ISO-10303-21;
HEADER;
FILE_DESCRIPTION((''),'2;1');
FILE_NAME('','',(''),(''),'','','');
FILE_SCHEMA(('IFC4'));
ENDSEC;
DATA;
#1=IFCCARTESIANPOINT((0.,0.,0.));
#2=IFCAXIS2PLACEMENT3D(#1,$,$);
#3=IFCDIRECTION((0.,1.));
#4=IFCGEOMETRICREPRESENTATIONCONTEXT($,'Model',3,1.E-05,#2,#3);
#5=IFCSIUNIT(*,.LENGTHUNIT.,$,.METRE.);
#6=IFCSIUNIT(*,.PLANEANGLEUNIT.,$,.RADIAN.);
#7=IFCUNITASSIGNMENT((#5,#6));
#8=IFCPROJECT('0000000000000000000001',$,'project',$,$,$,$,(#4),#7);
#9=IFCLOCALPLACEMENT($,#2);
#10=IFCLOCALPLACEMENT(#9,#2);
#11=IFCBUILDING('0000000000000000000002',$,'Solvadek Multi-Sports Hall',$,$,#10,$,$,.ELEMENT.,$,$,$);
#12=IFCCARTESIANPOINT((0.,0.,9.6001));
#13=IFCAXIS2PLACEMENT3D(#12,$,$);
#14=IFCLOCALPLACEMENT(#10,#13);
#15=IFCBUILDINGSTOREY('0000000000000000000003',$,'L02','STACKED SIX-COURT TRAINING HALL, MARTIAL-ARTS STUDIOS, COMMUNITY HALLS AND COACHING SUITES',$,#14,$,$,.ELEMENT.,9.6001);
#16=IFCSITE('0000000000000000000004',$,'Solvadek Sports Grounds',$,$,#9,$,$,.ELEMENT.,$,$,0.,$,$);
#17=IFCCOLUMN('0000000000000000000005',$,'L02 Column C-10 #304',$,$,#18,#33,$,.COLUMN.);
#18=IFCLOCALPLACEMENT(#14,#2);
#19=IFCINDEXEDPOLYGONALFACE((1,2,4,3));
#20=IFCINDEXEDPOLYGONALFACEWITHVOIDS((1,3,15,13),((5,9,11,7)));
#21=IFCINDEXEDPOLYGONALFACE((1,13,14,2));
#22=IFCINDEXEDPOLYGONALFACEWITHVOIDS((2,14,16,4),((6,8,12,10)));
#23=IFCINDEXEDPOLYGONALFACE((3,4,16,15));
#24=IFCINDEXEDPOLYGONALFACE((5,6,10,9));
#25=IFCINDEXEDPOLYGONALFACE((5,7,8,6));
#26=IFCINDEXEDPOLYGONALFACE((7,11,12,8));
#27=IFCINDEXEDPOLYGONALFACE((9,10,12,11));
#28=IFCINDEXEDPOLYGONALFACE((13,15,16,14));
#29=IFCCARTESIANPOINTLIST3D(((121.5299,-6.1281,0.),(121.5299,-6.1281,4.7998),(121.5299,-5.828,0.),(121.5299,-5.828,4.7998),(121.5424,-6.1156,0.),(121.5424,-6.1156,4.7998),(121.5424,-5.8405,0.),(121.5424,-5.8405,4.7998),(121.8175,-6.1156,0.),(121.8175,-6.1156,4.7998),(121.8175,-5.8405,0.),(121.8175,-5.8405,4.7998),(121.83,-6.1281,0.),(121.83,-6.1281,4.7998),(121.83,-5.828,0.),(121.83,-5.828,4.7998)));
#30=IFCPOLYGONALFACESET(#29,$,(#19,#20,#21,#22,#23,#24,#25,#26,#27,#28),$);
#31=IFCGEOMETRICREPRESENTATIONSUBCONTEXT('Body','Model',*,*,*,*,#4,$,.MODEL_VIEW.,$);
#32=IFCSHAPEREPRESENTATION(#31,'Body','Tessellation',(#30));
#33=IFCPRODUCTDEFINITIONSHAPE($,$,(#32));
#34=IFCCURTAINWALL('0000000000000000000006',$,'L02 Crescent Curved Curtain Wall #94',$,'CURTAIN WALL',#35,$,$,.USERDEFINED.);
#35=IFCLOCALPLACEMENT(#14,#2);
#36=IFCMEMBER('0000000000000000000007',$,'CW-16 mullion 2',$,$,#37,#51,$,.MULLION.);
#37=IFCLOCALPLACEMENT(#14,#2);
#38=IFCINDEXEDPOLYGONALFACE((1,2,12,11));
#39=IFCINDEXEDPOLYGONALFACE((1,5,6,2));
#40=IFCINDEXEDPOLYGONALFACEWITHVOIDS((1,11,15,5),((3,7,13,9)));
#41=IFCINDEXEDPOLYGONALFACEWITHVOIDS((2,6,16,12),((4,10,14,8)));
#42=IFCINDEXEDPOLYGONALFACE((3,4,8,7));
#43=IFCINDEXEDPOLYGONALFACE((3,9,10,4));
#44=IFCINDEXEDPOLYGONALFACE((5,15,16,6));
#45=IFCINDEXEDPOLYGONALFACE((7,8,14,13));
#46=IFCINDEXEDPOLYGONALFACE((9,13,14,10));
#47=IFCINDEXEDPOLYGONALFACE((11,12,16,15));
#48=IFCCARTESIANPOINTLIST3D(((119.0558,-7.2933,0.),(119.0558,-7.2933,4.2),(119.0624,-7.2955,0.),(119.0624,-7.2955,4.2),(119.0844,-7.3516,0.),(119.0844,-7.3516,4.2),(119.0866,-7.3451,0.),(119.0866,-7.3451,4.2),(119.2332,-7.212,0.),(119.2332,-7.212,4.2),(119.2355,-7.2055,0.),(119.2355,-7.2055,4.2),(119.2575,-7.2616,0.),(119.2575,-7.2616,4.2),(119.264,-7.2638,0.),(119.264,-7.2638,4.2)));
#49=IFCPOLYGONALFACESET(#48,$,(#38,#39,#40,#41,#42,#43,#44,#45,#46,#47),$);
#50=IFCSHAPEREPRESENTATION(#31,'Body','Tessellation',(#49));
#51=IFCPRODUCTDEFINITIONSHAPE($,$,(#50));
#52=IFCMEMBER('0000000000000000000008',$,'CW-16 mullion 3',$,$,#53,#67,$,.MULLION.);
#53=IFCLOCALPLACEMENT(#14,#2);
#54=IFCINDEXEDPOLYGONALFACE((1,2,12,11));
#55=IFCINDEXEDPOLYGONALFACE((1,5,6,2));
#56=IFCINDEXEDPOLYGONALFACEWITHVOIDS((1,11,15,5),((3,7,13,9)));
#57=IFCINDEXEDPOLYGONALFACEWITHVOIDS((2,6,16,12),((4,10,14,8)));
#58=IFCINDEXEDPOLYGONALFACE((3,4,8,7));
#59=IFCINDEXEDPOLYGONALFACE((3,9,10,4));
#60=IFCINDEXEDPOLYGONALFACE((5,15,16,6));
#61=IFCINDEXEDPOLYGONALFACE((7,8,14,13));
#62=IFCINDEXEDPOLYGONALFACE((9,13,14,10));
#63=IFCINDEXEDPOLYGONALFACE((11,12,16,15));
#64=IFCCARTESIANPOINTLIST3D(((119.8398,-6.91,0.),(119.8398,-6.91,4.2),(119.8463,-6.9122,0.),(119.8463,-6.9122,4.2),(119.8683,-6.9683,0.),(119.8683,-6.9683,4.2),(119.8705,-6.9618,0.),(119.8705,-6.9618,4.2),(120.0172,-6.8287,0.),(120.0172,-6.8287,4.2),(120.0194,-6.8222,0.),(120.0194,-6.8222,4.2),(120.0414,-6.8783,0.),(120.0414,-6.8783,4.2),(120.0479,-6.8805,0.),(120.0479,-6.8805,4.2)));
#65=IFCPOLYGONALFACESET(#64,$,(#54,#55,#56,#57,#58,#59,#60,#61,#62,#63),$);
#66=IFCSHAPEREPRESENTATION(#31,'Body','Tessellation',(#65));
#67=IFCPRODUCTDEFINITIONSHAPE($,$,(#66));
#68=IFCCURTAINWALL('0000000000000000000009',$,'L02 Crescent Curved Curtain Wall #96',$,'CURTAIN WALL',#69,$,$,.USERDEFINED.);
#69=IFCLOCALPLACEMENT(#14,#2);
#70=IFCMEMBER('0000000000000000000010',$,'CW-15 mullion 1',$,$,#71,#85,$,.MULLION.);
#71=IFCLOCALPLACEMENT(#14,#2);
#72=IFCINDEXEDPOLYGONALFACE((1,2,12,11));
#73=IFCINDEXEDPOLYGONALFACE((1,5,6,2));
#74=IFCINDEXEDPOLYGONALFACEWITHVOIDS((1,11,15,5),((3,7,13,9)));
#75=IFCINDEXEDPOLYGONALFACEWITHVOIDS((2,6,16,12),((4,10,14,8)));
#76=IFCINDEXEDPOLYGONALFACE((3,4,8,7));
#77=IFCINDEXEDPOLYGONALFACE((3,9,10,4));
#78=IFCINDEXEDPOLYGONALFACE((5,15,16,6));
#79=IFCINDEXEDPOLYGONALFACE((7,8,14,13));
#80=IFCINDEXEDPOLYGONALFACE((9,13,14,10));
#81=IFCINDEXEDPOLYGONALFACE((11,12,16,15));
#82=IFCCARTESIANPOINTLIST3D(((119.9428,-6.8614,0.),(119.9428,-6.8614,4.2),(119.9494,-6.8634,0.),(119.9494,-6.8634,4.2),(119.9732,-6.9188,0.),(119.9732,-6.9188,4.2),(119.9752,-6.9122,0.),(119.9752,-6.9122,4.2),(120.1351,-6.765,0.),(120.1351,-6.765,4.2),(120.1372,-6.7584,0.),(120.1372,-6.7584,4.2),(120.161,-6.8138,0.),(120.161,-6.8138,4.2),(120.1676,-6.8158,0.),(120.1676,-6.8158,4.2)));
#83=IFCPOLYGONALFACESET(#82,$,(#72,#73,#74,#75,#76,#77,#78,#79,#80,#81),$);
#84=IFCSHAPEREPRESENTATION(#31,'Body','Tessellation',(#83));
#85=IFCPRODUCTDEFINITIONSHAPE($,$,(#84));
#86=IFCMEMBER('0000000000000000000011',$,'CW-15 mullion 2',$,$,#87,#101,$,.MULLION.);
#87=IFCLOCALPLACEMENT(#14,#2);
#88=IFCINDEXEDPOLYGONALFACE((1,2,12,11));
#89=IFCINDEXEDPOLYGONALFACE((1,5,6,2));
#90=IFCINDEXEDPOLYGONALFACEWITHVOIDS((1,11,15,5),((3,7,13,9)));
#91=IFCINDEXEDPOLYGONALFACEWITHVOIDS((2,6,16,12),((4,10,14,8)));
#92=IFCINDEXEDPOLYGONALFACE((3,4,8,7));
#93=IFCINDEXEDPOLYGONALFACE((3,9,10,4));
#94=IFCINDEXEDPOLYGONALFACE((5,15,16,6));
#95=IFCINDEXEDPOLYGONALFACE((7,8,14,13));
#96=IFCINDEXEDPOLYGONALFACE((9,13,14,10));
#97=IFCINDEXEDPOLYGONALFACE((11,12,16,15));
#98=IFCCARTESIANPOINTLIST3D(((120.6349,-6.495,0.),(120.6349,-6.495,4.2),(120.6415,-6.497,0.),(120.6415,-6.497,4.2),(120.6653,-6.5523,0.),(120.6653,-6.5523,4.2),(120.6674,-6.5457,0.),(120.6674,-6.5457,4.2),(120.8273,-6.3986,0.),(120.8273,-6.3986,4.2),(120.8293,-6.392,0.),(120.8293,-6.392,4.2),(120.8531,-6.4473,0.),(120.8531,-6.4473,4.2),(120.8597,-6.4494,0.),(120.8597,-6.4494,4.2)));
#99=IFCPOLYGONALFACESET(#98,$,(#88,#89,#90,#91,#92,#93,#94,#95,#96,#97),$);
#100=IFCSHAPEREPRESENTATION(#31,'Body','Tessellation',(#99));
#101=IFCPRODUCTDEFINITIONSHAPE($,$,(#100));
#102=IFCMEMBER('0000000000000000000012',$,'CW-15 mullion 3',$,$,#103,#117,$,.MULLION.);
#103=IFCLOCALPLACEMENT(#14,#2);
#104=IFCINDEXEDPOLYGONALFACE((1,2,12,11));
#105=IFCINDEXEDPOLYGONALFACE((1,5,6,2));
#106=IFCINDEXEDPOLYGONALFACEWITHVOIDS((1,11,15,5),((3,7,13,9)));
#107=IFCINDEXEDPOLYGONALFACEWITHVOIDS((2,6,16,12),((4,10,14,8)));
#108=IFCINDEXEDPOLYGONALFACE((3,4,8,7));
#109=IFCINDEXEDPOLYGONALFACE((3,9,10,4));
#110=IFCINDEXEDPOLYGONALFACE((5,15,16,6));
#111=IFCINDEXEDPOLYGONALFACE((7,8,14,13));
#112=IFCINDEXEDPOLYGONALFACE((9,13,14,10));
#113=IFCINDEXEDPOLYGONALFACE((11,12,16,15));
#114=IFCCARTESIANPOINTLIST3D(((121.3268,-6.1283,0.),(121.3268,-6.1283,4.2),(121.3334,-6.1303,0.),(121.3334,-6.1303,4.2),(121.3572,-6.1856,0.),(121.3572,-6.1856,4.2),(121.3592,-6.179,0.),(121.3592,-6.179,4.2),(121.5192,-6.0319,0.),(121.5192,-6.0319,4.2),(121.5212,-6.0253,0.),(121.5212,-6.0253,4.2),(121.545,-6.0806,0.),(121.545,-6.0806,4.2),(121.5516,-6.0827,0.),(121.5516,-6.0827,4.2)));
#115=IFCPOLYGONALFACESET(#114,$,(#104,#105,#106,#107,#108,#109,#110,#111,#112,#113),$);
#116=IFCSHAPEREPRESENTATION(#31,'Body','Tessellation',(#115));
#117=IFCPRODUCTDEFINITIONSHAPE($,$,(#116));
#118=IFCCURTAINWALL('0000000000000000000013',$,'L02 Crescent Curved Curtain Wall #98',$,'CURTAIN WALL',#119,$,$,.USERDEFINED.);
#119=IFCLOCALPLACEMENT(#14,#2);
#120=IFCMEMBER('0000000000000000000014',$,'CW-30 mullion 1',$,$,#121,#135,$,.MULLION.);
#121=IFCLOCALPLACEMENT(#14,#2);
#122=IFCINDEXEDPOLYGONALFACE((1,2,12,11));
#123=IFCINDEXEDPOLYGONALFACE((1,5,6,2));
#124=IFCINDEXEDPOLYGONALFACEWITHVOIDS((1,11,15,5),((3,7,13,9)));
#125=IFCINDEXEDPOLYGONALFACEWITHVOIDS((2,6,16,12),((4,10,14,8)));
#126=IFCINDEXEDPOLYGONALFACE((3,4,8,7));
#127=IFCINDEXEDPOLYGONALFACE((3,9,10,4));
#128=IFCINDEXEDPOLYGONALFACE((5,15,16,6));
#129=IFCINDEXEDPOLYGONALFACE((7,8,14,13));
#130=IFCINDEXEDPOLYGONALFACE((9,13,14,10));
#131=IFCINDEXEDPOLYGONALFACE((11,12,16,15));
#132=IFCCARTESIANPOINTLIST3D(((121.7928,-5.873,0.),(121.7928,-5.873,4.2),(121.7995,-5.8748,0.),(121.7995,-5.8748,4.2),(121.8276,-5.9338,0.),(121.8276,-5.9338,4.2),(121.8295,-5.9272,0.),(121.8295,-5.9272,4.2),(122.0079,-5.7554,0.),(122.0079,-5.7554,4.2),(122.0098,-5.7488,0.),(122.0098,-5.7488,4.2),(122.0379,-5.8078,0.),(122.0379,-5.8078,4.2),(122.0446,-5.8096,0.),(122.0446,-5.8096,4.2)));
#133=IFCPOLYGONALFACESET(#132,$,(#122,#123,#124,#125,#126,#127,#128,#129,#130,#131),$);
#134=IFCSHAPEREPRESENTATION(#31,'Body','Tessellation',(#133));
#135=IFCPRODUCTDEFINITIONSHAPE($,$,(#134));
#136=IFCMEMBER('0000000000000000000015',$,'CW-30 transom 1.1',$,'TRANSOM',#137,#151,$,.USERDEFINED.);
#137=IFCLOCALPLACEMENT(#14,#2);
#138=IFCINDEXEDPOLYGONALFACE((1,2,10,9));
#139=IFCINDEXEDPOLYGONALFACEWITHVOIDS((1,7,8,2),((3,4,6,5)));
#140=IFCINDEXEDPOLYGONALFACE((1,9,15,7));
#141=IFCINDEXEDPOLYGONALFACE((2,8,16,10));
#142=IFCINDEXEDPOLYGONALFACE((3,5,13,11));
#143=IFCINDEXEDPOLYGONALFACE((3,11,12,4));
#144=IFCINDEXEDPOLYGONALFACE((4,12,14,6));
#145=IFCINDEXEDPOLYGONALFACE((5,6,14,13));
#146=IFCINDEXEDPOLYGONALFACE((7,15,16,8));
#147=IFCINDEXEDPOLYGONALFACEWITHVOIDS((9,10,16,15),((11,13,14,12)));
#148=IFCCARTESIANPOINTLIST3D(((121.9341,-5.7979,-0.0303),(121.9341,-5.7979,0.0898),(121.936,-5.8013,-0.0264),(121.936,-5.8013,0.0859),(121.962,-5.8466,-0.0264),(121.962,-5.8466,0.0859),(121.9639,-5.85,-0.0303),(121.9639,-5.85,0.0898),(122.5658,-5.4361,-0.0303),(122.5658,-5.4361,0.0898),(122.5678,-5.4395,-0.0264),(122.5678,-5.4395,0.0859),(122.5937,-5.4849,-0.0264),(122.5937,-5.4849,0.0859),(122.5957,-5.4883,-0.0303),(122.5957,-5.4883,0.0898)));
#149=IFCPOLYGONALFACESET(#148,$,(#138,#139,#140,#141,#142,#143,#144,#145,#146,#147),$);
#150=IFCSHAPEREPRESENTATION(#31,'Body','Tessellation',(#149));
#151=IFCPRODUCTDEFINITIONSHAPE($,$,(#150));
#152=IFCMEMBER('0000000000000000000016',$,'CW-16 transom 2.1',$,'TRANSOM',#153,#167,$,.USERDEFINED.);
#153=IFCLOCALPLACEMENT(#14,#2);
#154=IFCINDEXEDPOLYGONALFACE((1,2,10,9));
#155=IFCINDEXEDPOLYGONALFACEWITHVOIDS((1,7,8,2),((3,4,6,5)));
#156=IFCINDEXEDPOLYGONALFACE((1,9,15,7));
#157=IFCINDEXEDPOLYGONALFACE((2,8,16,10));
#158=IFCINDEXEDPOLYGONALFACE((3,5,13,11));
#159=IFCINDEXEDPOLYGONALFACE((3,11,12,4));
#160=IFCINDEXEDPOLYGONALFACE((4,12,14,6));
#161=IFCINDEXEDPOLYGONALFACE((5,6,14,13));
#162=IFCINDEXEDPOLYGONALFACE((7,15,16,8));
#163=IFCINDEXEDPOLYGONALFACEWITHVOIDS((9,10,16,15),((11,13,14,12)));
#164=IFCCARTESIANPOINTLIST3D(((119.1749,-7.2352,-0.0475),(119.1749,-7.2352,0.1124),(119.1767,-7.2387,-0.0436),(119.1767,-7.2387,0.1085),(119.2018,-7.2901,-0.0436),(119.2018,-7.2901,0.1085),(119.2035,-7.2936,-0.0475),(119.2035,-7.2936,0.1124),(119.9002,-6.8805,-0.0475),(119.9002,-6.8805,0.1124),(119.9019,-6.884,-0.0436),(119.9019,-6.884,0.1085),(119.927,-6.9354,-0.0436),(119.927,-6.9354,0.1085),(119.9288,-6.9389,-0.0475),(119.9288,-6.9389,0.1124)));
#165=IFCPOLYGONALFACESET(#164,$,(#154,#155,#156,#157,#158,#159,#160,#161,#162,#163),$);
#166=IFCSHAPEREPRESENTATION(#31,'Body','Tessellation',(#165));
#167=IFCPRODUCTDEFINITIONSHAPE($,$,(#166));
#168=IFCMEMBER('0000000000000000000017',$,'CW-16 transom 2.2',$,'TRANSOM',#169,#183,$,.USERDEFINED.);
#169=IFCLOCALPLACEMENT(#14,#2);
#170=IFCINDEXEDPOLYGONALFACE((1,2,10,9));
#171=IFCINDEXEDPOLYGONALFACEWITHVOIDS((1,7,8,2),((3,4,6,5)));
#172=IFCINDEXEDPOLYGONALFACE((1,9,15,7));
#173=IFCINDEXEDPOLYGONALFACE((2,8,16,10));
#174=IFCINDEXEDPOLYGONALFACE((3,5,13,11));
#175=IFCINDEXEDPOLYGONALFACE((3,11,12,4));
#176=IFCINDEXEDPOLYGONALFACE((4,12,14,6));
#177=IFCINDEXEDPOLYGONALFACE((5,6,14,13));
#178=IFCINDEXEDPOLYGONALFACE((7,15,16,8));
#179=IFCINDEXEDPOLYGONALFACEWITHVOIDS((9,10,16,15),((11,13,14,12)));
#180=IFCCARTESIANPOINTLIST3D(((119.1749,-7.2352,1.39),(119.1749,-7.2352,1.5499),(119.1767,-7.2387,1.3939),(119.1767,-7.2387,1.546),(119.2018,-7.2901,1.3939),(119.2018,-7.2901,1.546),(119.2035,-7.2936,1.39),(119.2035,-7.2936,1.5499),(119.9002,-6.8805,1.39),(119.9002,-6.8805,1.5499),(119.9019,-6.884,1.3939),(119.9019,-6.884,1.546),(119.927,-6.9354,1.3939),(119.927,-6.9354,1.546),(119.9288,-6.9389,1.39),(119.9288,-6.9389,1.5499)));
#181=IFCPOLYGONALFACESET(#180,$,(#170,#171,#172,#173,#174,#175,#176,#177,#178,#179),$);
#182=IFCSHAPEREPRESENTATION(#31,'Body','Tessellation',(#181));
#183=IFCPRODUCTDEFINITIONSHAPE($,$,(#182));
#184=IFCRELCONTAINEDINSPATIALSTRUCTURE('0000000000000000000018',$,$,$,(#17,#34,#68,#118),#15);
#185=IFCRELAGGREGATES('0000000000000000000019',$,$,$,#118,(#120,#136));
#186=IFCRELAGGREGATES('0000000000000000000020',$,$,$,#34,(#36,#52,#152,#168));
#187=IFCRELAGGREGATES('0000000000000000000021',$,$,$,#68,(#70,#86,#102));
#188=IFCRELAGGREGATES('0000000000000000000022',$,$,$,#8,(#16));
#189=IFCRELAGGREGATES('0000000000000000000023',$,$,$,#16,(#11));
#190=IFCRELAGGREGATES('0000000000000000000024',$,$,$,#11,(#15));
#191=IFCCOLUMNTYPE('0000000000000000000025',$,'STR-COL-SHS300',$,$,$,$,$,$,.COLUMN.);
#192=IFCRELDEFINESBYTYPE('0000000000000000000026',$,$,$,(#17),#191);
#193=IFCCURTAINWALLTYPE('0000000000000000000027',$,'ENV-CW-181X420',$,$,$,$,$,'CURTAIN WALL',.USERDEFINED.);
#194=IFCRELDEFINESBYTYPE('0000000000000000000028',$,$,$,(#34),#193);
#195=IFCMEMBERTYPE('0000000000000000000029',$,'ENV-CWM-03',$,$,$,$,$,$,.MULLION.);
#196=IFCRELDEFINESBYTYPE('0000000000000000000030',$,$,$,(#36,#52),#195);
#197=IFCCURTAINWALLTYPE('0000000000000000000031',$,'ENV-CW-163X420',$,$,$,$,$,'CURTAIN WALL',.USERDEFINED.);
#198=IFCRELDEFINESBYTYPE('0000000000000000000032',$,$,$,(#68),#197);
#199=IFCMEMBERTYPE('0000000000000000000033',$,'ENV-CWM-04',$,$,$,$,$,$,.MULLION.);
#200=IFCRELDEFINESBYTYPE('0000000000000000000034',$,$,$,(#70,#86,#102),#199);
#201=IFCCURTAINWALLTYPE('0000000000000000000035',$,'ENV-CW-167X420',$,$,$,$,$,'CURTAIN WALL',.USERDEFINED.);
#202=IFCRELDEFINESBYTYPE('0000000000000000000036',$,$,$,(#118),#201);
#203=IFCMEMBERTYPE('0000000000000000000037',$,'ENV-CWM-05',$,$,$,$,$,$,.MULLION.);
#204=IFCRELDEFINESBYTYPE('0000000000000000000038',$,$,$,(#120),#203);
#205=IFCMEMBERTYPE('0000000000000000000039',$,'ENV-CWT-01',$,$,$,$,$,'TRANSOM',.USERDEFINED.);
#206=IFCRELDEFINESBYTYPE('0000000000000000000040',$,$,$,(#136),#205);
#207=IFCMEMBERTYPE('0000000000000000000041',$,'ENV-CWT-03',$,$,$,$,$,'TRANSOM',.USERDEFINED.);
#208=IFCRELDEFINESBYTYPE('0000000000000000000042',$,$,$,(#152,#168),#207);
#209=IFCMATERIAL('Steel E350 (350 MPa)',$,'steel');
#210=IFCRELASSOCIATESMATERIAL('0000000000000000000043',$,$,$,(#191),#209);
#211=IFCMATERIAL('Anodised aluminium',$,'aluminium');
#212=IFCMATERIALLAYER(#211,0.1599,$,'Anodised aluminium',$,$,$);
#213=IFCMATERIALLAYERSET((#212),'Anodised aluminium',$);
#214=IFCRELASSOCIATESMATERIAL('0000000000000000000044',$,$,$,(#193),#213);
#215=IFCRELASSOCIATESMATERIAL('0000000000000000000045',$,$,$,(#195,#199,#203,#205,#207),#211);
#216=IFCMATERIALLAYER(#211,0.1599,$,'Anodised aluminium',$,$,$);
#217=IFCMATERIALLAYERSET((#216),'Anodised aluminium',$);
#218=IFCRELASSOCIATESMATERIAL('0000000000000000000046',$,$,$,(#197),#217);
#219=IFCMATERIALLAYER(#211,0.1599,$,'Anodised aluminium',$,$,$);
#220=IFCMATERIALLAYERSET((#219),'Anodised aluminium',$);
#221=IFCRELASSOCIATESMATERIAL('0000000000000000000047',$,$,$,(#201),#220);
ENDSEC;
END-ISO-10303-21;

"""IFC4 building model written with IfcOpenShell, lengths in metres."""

from ifc_helpers import new_model, si_unit, direction, frame, origin, origin_2d, place, context, subcontext, project, spatial, hollow_rectangle, extrude, material, layer, layer_set, material_profile, profile_set, type_object, element, aggregate, save


model = new_model("IFC4")

# Units and contexts
model_context = context("Model", 3, precision=1e-05, world=origin(), true_north=direction((0.0, 1.0)))
body_context = subcontext(model_context, "Body", "Model", "MODEL_VIEW")
ifc_project = project(units=[si_unit("LENGTHUNIT", "METRE"), si_unit("PLANEANGLEUNIT", "RADIAN")], contexts=[model_context])

# Site, building, storey
site_placement = place(None, origin())
site = spatial("IfcSite", under=ifc_project, at=site_placement, Name="Solvadek Sports Grounds", CompositionType="ELEMENT", RefElevation=0.0)
building_placement = place(site_placement, origin())
building = spatial("IfcBuilding", under=site, at=building_placement, Name="Solvadek Multi-Sports Hall", CompositionType="ELEMENT")
storey_placement = place(building_placement, frame((0.0, 0.0, 9.6001)))
storey = spatial("IfcBuildingStorey", under=building, at=storey_placement, Name="L02", Description="STACKED SIX-COURT TRAINING HALL, MARTIAL-ARTS STUDIOS, COMMUNITY HALLS AND COACHING SUITES", CompositionType="ELEMENT", Elevation=9.6001)

# Column
ifc_material_1 = material(Name="Steel E350 (350 MPa)", Category="steel")
ifc_material_profile_1 = material_profile(ifc_material_1, hollow_rectangle(XDim=0.3, YDim=0.3, WallThickness=0.0125, at=origin_2d()), Name="SHS 300x300x12.5")
ifc_profile_set_1 = profile_set([ifc_material_profile_1], Name="Steel E350 (350 MPa)")
column_type = type_object("IfcColumnType", Name="STR-COL-SHS300", PredefinedType="COLUMN", material=ifc_profile_set_1)
column_placement = place(storey_placement, frame((121.6799, -5.978, 0.0), z_axis=(0.0, 0.0, 1.0), x_axis=(1.0, 0.0, 0.0)))
element("IfcColumn", 1, at=column_placement, inside=storey, type_object=column_type, Name="L02 Column C-10 #304", PredefinedType="COLUMN", context=body_context, shape_type="SweptSolid", body=[
    extrude(hollow_rectangle(XDim=0.3, YDim=0.3, WallThickness=0.0125, at=origin_2d()), origin(), (0.0, 0.0, 1.0), 4.7998),
])

# Curtain walls, members
ifc_material_2 = material(Name="Anodised aluminium", Category="aluminium")
ifc_layer_1 = layer(ifc_material_2, 0.1599, Name="Anodised aluminium")
ifc_layer_set_1 = layer_set([ifc_layer_1], Name="Anodised aluminium")
curtain_wall_type_1 = type_object("IfcCurtainWallType", Name="ENV-CW-181X420", ElementType="CURTAIN WALL", PredefinedType="USERDEFINED", material=ifc_layer_set_1)
curtain_wall_1_placement = place(storey_placement, origin())
curtain_wall_1 = element("IfcCurtainWall", 2, at=curtain_wall_1_placement, inside=storey, type_object=curtain_wall_type_1, Name="L02 Crescent Curved Curtain Wall #94", ObjectType="CURTAIN WALL", PredefinedType="USERDEFINED")
ifc_material_profile_2 = material_profile(ifc_material_2, hollow_rectangle(XDim=0.0649, YDim=0.2, WallThickness=0.0049, at=origin_2d()), Name="ALU-M 200x65x5")
ifc_profile_set_2 = profile_set([ifc_material_profile_2], Name="Anodised aluminium")
member_type_1 = type_object("IfcMemberType", Name="ENV-CWM-03", PredefinedType="MULLION", material=ifc_profile_set_2)
member_1_placement = place(storey_placement, frame((119.1599, -7.2786, 0.0), z_axis=(0.0, 0.0, 1.0), x_axis=(-0.43924, 0.89837, 0.0)))
member_1 = element("IfcMember", 3, at=member_1_placement, type_object=member_type_1, Name="CW-16 mullion 2", PredefinedType="MULLION", context=body_context, shape_type="SweptSolid", body=[
    extrude(hollow_rectangle(XDim=0.0649, YDim=0.2, WallThickness=0.0049, at=origin_2d()), origin(), (0.0, 0.0, 1.0), 4.2),
])
member_2_placement = place(storey_placement, frame((119.9438, -6.8953, 0.0), z_axis=(0.0, 0.0, 1.0), x_axis=(-0.43924, 0.89837, 0.0)))
member_2 = element("IfcMember", 4, at=member_2_placement, type_object=member_type_1, Name="CW-16 mullion 3", PredefinedType="MULLION", context=body_context, shape_type="SweptSolid", body=[
    extrude(hollow_rectangle(XDim=0.0649, YDim=0.2, WallThickness=0.0049, at=origin_2d()), origin(), (0.0, 0.0, 1.0), 4.2),
])
ifc_layer_2 = layer(ifc_material_2, 0.1599, Name="Anodised aluminium")
ifc_layer_set_2 = layer_set([ifc_layer_2], Name="Anodised aluminium")
curtain_wall_type_2 = type_object("IfcCurtainWallType", Name="ENV-CW-163X420", ElementType="CURTAIN WALL", PredefinedType="USERDEFINED", material=ifc_layer_set_2)
curtain_wall_2_placement = place(storey_placement, origin())
curtain_wall_2 = element("IfcCurtainWall", 5, at=curtain_wall_2_placement, inside=storey, type_object=curtain_wall_type_2, Name="L02 Crescent Curved Curtain Wall #96", ObjectType="CURTAIN WALL", PredefinedType="USERDEFINED")
ifc_material_profile_3 = material_profile(ifc_material_2, hollow_rectangle(XDim=0.0649, YDim=0.22, WallThickness=0.0049, at=origin_2d()), Name="ALU-M 220x65x5")
ifc_profile_set_3 = profile_set([ifc_material_profile_3], Name="Anodised aluminium")
member_type_2 = type_object("IfcMemberType", Name="ENV-CWM-04", PredefinedType="MULLION", material=ifc_profile_set_3)
member_3_placement = place(storey_placement, frame((120.0552, -6.8386, 0.0), z_axis=(0.0, 0.0, 1.0), x_axis=(-0.46813, 0.88366, 0.0)))
member_3 = element("IfcMember", 6, at=member_3_placement, type_object=member_type_2, Name="CW-15 mullion 1", PredefinedType="MULLION", context=body_context, shape_type="SweptSolid", body=[
    extrude(hollow_rectangle(XDim=0.0649, YDim=0.22, WallThickness=0.0049, at=origin_2d()), origin(), (0.0, 0.0, 1.0), 4.2),
])
member_4_placement = place(storey_placement, frame((120.7473, -6.4722, 0.0), z_axis=(0.0, 0.0, 1.0), x_axis=(-0.46813, 0.88366, 0.0)))
member_4 = element("IfcMember", 7, at=member_4_placement, type_object=member_type_2, Name="CW-15 mullion 2", PredefinedType="MULLION", context=body_context, shape_type="SweptSolid", body=[
    extrude(hollow_rectangle(XDim=0.0649, YDim=0.22, WallThickness=0.0049, at=origin_2d()), origin(), (0.0, 0.0, 1.0), 4.2),
])
member_5_placement = place(storey_placement, frame((121.4392, -6.1055, 0.0), z_axis=(0.0, 0.0, 1.0), x_axis=(-0.46813, 0.88366, 0.0)))
member_5 = element("IfcMember", 8, at=member_5_placement, type_object=member_type_2, Name="CW-15 mullion 3", PredefinedType="MULLION", context=body_context, shape_type="SweptSolid", body=[
    extrude(hollow_rectangle(XDim=0.0649, YDim=0.22, WallThickness=0.0049, at=origin_2d()), origin(), (0.0, 0.0, 1.0), 4.2),
])
ifc_layer_3 = layer(ifc_material_2, 0.1599, Name="Anodised aluminium")
ifc_layer_set_3 = layer_set([ifc_layer_3], Name="Anodised aluminium")
curtain_wall_type_3 = type_object("IfcCurtainWallType", Name="ENV-CW-167X420", ElementType="CURTAIN WALL", PredefinedType="USERDEFINED", material=ifc_layer_set_3)
curtain_wall_3_placement = place(storey_placement, origin())
curtain_wall_3 = element("IfcCurtainWall", 9, at=curtain_wall_3_placement, inside=storey, type_object=curtain_wall_type_3, Name="L02 Crescent Curved Curtain Wall #98", ObjectType="CURTAIN WALL", PredefinedType="USERDEFINED")
ifc_material_profile_4 = material_profile(ifc_material_2, hollow_rectangle(XDim=0.0701, YDim=0.25, WallThickness=0.0049, at=origin_2d()), Name="ALU-M 250x70x5")
ifc_profile_set_4 = profile_set([ifc_material_profile_4], Name="Anodised aluminium")
member_type_3 = type_object("IfcMemberType", Name="ENV-CWM-05", PredefinedType="MULLION", material=ifc_profile_set_4)
member_6_placement = place(storey_placement, frame((121.9187, -5.8413, 0.0), z_axis=(0.0, 0.0, 1.0), x_axis=(-0.496992, 0.867755, 0.0)))
member_6 = element("IfcMember", 10, at=member_6_placement, type_object=member_type_3, Name="CW-30 mullion 1", PredefinedType="MULLION", context=body_context, shape_type="SweptSolid", body=[
    extrude(hollow_rectangle(XDim=0.0701, YDim=0.25, WallThickness=0.0049, at=origin_2d()), origin(), (0.0, 0.0, 1.0), 4.2),
])
ifc_material_profile_5 = material_profile(ifc_material_2, hollow_rectangle(XDim=0.0601, YDim=0.1201, WallThickness=0.0039, at=origin_2d()), Name="ALU-T 120x60x4")
ifc_profile_set_5 = profile_set([ifc_material_profile_5], Name="Anodised aluminium")
member_type_4 = type_object("IfcMemberType", Name="ENV-CWT-01", ElementType="TRANSOM", PredefinedType="USERDEFINED", material=ifc_profile_set_5)
member_7_placement = place(storey_placement, frame((121.949, -5.824, 0.0298), z_axis=(0.867789, 0.496933, 0.0), x_axis=(-0.496933, 0.867789, 0.0)))
member_7 = element("IfcMember", 11, at=member_7_placement, type_object=member_type_4, Name="CW-30 transom 1.1", ObjectType="TRANSOM", PredefinedType="USERDEFINED", context=body_context, shape_type="SweptSolid", body=[
    extrude(hollow_rectangle(XDim=0.0601, YDim=0.1201, WallThickness=0.0039, at=origin_2d()), origin(), (0.0, 0.0, 1.0), 0.728),
])

# Members
ifc_material_profile_6 = material_profile(ifc_material_2, hollow_rectangle(XDim=0.0649, YDim=0.1599, WallThickness=0.0039, at=origin_2d()), Name="ALU-T 160x65x4")
ifc_profile_set_6 = profile_set([ifc_material_profile_6], Name="Anodised aluminium")
member_type_5 = type_object("IfcMemberType", Name="ENV-CWT-03", ElementType="TRANSOM", PredefinedType="USERDEFINED", material=ifc_profile_set_6)
member_8_placement = place(storey_placement, frame((119.1892, -7.2644, 0.0325), z_axis=(0.898323, 0.439335, 0.0), x_axis=(-0.439335, 0.898323, 0.0)))
member_8 = element("IfcMember", 12, at=member_8_placement, type_object=member_type_5, Name="CW-16 transom 2.1", ObjectType="TRANSOM", PredefinedType="USERDEFINED", context=body_context, shape_type="SweptSolid", body=[
    extrude(hollow_rectangle(XDim=0.0649, YDim=0.1599, WallThickness=0.0039, at=origin_2d()), origin(), (0.0, 0.0, 1.0), 0.8074),
])
member_9_placement = place(storey_placement, frame((119.1892, -7.2644, 1.47), z_axis=(0.898323, 0.439335, 0.0), x_axis=(-0.439335, 0.898323, 0.0)))
member_9 = element("IfcMember", 13, at=member_9_placement, type_object=member_type_5, Name="CW-16 transom 2.2", ObjectType="TRANSOM", PredefinedType="USERDEFINED", context=body_context, shape_type="SweptSolid", body=[
    extrude(hollow_rectangle(XDim=0.0649, YDim=0.1599, WallThickness=0.0039, at=origin_2d()), origin(), (0.0, 0.0, 1.0), 0.8074),
])

aggregate(curtain_wall_3, [member_6, member_7])
aggregate(curtain_wall_1, [member_1, member_2, member_8, member_9])
aggregate(curtain_wall_2, [member_3, member_4, member_5])

save(model, "model.ifc")
